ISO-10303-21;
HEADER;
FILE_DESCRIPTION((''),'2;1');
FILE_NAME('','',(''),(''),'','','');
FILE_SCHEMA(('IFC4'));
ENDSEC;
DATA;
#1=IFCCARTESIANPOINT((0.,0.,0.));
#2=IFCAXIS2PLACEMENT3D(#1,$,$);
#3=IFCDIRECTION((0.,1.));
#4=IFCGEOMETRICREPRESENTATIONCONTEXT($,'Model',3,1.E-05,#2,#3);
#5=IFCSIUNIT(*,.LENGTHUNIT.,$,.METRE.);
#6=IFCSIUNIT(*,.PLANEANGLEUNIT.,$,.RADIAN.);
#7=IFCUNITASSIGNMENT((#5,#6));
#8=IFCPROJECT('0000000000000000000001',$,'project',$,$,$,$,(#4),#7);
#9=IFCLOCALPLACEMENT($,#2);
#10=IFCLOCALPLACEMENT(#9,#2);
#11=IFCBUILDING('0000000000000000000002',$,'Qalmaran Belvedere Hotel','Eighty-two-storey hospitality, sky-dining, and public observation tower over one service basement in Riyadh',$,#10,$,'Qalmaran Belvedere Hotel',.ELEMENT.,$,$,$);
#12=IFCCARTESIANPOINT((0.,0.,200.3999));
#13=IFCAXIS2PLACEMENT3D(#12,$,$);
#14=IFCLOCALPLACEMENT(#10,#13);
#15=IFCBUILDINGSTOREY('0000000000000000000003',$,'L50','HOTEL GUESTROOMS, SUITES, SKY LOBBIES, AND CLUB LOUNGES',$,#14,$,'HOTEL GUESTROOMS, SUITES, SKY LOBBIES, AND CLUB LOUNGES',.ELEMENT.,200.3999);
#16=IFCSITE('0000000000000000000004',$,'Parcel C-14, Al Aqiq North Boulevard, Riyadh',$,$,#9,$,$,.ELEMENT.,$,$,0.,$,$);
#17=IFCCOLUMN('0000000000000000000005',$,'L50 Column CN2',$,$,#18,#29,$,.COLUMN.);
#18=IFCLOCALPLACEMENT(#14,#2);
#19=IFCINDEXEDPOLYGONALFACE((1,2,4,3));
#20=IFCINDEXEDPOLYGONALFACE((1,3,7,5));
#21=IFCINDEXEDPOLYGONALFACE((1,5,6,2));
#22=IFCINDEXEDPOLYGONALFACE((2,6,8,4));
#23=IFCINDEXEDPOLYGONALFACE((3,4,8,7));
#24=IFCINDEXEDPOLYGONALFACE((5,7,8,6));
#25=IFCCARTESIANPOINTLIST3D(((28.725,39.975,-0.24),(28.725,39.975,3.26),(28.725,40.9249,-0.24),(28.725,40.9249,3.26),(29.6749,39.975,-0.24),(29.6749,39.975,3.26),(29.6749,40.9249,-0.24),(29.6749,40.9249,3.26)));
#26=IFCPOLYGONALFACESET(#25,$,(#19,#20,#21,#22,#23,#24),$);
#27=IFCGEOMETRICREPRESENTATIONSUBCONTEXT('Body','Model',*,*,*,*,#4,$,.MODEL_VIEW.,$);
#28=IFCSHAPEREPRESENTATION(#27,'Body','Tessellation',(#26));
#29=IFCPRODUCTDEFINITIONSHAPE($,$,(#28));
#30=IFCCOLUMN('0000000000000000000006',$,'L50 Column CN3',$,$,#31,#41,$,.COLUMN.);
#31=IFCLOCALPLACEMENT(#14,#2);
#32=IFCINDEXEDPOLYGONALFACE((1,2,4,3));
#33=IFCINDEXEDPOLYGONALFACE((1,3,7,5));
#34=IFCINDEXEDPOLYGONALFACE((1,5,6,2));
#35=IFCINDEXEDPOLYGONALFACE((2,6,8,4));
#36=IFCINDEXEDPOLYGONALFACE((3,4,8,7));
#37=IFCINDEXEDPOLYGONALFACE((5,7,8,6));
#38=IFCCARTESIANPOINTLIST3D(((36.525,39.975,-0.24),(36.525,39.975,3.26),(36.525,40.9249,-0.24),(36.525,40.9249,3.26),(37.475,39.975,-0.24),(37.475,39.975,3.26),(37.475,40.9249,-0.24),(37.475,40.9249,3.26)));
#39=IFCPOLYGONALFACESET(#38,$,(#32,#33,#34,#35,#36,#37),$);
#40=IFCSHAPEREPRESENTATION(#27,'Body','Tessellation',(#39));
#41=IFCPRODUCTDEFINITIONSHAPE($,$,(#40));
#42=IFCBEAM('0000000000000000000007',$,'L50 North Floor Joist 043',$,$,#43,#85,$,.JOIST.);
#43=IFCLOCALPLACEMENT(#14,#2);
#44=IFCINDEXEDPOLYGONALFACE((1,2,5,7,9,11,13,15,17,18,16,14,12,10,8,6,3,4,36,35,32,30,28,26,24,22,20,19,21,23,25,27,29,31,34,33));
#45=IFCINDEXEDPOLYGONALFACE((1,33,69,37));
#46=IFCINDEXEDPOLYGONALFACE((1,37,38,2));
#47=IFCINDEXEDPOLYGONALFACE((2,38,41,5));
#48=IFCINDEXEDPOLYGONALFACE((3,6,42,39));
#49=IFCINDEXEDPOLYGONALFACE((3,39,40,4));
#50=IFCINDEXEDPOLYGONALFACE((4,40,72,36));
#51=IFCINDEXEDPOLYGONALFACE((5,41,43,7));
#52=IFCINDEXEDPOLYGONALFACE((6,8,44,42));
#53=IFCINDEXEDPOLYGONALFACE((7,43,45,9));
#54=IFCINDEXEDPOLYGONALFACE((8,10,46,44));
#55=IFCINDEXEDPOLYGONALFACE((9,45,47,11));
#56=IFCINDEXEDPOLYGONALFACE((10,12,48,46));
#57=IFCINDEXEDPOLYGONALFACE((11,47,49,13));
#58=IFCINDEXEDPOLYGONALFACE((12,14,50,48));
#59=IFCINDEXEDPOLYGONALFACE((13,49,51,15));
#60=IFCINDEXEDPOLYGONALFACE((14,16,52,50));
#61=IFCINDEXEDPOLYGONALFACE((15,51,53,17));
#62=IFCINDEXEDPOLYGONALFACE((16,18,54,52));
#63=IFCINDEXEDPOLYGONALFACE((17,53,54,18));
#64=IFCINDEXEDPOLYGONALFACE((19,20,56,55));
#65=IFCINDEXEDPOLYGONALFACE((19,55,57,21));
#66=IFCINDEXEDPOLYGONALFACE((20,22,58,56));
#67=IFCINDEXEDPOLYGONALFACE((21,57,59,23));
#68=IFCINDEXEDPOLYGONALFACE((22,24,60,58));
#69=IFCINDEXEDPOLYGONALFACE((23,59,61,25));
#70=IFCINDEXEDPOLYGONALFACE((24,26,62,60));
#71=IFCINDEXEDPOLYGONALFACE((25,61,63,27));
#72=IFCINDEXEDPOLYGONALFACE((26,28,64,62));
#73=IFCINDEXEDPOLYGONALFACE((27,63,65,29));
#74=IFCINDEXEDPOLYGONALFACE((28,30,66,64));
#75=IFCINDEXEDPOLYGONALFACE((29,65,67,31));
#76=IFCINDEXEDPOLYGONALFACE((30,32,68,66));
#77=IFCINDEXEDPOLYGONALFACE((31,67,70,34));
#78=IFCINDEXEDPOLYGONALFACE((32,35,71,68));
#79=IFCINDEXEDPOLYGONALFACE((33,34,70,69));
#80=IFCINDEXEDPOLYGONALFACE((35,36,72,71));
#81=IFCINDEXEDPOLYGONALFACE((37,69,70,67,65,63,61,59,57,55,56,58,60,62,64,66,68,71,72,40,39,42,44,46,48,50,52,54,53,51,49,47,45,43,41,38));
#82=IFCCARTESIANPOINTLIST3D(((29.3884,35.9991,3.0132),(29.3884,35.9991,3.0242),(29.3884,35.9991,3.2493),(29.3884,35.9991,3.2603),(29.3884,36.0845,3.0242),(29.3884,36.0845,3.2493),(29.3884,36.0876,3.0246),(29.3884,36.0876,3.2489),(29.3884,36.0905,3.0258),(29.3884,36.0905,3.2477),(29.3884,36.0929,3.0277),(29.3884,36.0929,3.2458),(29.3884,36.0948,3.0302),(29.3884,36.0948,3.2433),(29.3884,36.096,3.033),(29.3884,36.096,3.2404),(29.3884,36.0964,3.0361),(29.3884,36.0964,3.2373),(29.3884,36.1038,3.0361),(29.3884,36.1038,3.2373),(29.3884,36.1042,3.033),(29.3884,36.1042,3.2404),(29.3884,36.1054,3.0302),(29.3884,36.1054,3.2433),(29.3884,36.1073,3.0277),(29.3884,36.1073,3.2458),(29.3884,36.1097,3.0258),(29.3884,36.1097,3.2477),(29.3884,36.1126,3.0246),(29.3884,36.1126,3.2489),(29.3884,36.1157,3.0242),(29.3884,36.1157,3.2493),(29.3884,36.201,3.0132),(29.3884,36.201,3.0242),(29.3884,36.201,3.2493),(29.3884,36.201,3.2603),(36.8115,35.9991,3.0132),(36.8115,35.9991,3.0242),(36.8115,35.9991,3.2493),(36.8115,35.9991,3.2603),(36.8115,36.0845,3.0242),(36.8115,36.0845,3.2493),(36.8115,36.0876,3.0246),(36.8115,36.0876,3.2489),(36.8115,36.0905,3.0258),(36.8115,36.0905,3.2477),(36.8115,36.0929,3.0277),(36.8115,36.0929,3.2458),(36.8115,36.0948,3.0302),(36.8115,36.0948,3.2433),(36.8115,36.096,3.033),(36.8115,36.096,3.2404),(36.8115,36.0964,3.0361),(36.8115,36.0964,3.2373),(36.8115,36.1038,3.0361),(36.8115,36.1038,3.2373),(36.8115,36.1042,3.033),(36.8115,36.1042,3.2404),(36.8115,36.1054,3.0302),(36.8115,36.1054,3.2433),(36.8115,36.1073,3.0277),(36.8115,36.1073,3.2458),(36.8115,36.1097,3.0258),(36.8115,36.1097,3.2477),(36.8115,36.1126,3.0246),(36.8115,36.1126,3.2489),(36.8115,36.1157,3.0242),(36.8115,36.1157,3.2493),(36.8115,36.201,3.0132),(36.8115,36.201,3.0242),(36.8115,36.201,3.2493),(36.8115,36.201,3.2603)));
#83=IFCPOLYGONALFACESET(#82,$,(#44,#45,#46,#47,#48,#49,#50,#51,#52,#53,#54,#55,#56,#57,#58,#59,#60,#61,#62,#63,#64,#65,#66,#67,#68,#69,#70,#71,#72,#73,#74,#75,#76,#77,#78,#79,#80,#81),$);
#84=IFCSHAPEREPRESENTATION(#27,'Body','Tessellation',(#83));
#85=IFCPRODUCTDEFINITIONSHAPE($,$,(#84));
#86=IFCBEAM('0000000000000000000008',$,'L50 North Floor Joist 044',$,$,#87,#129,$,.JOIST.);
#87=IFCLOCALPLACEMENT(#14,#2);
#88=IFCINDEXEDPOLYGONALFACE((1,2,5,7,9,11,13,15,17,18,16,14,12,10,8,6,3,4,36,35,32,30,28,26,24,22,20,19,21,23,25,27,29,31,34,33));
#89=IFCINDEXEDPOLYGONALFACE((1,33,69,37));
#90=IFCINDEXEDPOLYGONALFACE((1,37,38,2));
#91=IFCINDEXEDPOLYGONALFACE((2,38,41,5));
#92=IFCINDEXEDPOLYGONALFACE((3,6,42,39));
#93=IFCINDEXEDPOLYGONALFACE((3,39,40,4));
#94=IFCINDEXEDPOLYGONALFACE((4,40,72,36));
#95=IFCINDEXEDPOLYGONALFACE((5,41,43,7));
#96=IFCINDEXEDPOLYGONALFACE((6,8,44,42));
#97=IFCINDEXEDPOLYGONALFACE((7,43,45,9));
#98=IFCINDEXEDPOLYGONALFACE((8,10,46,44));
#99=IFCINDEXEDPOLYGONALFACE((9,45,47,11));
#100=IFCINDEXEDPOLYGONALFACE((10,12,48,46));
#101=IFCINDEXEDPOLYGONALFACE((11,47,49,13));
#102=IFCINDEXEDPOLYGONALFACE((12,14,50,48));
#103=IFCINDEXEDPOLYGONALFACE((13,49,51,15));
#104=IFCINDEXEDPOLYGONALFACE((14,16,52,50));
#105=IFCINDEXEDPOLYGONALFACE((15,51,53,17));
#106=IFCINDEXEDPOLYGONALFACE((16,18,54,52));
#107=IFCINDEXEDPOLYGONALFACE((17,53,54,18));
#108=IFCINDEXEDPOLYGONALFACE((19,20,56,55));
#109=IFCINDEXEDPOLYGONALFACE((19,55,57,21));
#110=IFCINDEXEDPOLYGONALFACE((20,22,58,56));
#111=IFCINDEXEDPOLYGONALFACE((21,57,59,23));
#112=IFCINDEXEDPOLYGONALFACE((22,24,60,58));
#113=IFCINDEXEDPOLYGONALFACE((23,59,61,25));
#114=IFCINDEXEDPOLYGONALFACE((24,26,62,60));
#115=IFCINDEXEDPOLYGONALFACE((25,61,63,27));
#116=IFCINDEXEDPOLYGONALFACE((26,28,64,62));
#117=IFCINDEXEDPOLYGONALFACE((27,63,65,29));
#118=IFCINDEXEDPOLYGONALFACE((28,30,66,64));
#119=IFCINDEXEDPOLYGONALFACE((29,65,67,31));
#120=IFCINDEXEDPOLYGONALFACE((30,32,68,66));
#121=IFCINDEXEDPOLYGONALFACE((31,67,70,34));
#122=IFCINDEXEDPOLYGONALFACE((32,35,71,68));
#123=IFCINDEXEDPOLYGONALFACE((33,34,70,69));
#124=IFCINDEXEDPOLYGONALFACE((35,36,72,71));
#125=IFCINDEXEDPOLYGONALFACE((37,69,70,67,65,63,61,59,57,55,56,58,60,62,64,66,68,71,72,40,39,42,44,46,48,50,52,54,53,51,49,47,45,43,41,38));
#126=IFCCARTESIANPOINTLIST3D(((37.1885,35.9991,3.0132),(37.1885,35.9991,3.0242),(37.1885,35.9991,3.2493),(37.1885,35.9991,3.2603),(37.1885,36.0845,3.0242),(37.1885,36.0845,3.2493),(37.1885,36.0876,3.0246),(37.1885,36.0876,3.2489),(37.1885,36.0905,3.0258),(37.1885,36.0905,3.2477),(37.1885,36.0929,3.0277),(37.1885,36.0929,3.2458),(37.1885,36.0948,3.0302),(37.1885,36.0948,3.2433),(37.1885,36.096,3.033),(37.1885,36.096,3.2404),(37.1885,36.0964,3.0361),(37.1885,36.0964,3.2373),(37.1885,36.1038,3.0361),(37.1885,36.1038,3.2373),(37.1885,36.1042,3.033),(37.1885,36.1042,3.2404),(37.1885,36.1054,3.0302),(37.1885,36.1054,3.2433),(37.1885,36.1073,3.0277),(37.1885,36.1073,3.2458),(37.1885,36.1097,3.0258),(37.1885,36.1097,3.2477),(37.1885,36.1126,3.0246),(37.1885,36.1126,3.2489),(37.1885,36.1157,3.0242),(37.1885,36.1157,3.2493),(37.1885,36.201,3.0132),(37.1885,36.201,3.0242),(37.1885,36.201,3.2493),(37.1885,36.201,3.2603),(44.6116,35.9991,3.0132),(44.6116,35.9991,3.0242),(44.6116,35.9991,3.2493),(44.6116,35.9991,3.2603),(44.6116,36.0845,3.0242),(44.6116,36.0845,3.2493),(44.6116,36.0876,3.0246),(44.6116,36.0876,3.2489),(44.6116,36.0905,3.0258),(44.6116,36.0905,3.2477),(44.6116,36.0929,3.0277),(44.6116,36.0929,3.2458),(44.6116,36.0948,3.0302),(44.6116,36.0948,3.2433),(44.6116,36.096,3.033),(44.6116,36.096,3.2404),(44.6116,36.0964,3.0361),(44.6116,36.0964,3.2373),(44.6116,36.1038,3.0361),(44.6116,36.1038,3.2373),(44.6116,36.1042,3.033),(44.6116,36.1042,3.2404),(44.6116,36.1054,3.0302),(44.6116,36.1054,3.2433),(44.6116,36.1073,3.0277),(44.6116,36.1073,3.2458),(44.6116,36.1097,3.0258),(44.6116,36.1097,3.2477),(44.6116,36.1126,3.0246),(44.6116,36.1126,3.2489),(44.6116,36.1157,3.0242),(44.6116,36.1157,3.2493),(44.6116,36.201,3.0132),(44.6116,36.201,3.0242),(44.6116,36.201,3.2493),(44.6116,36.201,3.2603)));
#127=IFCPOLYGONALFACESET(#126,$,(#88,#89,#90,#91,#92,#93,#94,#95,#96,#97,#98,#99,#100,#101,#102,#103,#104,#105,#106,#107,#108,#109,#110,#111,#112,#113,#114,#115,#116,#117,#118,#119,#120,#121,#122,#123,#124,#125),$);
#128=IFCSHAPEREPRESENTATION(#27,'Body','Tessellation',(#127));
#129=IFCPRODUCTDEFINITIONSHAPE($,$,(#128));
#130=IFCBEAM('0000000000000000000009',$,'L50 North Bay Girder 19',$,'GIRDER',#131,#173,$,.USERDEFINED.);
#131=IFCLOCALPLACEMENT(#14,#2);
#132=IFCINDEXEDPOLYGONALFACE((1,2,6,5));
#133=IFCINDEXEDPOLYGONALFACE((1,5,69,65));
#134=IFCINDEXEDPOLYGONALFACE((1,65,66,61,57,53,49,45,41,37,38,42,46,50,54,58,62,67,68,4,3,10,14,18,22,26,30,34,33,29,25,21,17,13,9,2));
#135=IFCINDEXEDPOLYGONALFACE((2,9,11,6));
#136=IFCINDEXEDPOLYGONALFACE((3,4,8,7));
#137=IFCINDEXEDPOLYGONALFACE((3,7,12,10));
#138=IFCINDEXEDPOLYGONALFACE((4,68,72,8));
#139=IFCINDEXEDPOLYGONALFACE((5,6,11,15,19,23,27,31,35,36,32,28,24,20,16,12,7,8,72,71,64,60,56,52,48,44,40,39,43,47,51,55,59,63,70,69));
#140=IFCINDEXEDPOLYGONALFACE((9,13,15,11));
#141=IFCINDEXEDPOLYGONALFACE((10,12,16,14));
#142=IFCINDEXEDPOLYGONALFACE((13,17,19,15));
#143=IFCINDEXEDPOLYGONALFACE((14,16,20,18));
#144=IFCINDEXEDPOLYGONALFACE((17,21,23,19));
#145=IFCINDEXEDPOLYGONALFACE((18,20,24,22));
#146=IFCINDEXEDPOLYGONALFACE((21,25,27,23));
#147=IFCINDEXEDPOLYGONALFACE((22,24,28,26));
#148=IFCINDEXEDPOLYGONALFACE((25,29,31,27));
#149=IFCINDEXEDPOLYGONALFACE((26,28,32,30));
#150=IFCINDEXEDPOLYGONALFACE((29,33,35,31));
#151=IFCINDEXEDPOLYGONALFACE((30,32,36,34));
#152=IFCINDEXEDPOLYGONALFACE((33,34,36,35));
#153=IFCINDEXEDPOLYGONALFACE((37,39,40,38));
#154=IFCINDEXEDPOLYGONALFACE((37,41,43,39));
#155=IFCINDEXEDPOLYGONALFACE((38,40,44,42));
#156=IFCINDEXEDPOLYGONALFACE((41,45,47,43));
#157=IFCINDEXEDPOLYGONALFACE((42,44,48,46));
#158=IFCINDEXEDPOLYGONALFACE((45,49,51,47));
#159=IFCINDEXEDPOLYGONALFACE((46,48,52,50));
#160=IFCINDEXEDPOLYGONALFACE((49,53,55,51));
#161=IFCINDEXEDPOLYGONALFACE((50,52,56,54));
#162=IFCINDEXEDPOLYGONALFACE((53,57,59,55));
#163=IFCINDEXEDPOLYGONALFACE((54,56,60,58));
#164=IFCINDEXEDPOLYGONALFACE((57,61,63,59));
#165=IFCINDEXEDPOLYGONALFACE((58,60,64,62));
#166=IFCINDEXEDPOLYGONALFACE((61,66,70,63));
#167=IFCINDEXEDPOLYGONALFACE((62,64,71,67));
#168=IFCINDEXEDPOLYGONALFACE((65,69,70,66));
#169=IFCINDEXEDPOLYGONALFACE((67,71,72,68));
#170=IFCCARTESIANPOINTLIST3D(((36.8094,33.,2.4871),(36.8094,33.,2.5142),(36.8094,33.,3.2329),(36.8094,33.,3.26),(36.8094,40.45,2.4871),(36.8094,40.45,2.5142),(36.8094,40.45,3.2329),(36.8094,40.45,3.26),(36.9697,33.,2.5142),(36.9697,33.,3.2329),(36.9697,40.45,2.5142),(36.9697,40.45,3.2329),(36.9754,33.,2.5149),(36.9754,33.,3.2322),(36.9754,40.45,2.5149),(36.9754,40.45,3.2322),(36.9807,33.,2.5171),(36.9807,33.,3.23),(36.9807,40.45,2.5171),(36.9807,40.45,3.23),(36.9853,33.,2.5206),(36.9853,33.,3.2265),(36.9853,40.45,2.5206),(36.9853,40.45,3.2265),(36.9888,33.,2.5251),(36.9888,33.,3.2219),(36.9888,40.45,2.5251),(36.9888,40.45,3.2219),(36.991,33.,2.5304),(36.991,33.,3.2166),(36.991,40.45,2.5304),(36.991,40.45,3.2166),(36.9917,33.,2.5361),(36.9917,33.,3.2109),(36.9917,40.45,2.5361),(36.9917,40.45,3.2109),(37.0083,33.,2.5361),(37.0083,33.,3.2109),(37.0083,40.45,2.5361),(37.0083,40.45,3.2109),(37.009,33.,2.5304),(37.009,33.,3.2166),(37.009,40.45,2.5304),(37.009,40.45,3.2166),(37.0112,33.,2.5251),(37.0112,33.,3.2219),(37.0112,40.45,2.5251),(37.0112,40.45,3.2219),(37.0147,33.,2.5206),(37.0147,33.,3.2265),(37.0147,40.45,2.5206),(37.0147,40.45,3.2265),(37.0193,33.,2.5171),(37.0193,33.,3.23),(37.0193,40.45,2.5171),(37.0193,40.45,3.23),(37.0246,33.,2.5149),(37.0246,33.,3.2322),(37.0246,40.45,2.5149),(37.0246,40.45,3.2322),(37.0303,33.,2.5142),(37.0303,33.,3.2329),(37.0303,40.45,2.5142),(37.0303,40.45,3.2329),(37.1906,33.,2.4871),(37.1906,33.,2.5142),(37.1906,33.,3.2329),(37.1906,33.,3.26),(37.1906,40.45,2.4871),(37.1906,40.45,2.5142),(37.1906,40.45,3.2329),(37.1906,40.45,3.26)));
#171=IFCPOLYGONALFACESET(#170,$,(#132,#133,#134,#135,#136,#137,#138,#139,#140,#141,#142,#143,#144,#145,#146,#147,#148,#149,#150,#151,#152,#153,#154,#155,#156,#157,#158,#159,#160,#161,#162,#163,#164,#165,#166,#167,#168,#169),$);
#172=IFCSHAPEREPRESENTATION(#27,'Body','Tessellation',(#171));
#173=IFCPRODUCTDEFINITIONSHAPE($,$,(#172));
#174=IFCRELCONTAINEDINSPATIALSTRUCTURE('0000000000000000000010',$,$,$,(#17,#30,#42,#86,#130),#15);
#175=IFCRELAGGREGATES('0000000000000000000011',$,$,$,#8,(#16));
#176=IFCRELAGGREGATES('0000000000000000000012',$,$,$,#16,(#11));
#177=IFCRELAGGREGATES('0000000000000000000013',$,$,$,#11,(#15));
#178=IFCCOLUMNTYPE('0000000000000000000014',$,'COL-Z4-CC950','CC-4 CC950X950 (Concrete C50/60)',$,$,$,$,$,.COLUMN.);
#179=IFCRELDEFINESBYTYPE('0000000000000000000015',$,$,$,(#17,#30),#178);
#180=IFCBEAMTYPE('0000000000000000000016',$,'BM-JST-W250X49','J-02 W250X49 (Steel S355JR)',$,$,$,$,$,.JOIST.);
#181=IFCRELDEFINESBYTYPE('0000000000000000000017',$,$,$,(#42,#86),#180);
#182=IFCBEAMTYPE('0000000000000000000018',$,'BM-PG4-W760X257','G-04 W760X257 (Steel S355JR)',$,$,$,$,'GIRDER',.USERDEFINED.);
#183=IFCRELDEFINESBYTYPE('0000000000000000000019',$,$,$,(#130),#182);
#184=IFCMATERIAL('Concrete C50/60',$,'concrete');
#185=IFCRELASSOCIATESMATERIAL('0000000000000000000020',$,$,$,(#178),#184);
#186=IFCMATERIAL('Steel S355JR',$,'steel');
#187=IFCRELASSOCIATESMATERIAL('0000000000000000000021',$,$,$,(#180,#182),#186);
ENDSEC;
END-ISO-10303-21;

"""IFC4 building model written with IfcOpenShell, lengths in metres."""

from ifc_helpers import new_model, si_unit, direction, frame, origin, origin_2d, place, context, subcontext, project, spatial, rectangle, i_section, extrude, material, material_profile, profile_set, type_object, element, save


model = new_model("IFC4")

# Units and contexts
model_context = context("Model", 3, precision=1e-05, world=origin(), true_north=direction((0.0, 1.0)))
body_context = subcontext(model_context, "Body", "Model", "MODEL_VIEW")
ifc_project = project(units=[si_unit("LENGTHUNIT", "METRE"), si_unit("PLANEANGLEUNIT", "RADIAN")], contexts=[model_context])

# Site, building, storey
site_placement = place(None, origin())
site = spatial("IfcSite", under=ifc_project, at=site_placement, Name="Parcel C-14, Al Aqiq North Boulevard, Riyadh", CompositionType="ELEMENT", RefElevation=0.0)
building_placement = place(site_placement, origin())
building = spatial("IfcBuilding", under=site, at=building_placement, Name="Qalmaran Belvedere Hotel", Description="Eighty-two-storey hospitality, sky-dining, and public observation tower over one service basement in Riyadh", LongName="Qalmaran Belvedere Hotel", CompositionType="ELEMENT")
storey_placement = place(building_placement, frame((0.0, 0.0, 200.3999)))
storey = spatial("IfcBuildingStorey", under=building, at=storey_placement, Name="L50", Description="HOTEL GUESTROOMS, SUITES, SKY LOBBIES, AND CLUB LOUNGES", LongName="HOTEL GUESTROOMS, SUITES, SKY LOBBIES, AND CLUB LOUNGES", CompositionType="ELEMENT", Elevation=200.3999)

# Columns
ifc_material_1 = material(Name="Concrete C50/60", Category="concrete")
ifc_material_profile_1 = material_profile(ifc_material_1, rectangle(XDim=0.95, YDim=0.95, at=origin_2d()), Name="CC950X950")
ifc_profile_set_1 = profile_set([ifc_material_profile_1], Name="Concrete C50/60")
column_type = type_object("IfcColumnType", Name="COL-Z4-CC950", Description="CC-4 CC950X950 (Concrete C50/60)", PredefinedType="COLUMN", material=ifc_profile_set_1)
for number, where, z_axis, x_axis, name in (
    (1, (29.2, 40.45, -0.24), (0.0, 0.0, 1.0), (1.0, 0.0, 0.0), "L50 Column CN2"),
    (2, (37.0, 40.45, -0.24), (0.0, 0.0, 1.0), (1.0, 0.0, 0.0), "L50 Column CN3"),
):
    element("IfcColumn", number, at=place(storey_placement, frame(where, z_axis=z_axis, x_axis=x_axis)), inside=storey, type_object=column_type, Name=name, PredefinedType="COLUMN", context=body_context, shape_type="SweptSolid", body=[
        extrude(rectangle(XDim=0.95, YDim=0.95, at=origin_2d()), origin(), (0.0, 0.0, 1.0), 3.5),
    ])

# Beams
ifc_material_2 = material(Name="Steel S355JR", Category="steel")
ifc_material_profile_2 = material_profile(ifc_material_2, i_section(OverallWidth=0.2019, OverallDepth=0.2471, WebThickness=0.0073, FlangeThickness=0.011, FilletRadius=0.012, at=origin_2d()), Name="W250X49")
ifc_profile_set_2 = profile_set([ifc_material_profile_2], Name="Steel S355JR")
beam_type_1 = type_object("IfcBeamType", Name="BM-JST-W250X49", Description="J-02 W250X49 (Steel S355JR)", PredefinedType="JOIST", material=ifc_profile_set_2)
for number, where, z_axis, x_axis, name in (
    (3, (29.3884, 36.1001, 3.1367), (1.0, 0.0, 0.0), (0.0, 1.0, 0.0), "L50 North Floor Joist 043"),
    (4, (37.1885, 36.1001, 3.1367), (1.0, 0.0, 0.0), (0.0, 1.0, 0.0), "L50 North Floor Joist 044"),
):
    element("IfcBeam", number, at=place(storey_placement, frame(where, z_axis=z_axis, x_axis=x_axis)), inside=storey, type_object=beam_type_1, Name=name, PredefinedType="JOIST", context=body_context, shape_type="SweptSolid", body=[
        extrude(i_section(OverallWidth=0.2019, OverallDepth=0.2471, WebThickness=0.0073, FlangeThickness=0.011, FilletRadius=0.012, at=origin_2d()), origin(), (0.0, 0.0, 1.0), 7.4231),
    ])
ifc_material_profile_3 = material_profile(ifc_material_2, i_section(OverallWidth=0.3811, OverallDepth=0.7729, WebThickness=0.0166, FlangeThickness=0.0271, FilletRadius=0.022, at=origin_2d()), Name="W760X257")
ifc_profile_set_3 = profile_set([ifc_material_profile_3], Name="Steel S355JR")
beam_type_2 = type_object("IfcBeamType", Name="BM-PG4-W760X257", Description="G-04 W760X257 (Steel S355JR)", ElementType="GIRDER", PredefinedType="USERDEFINED", material=ifc_profile_set_3)
beam_1_placement = place(storey_placement, frame((37.0, 33.0, 2.8735), z_axis=(0.0, 1.0, 0.0), x_axis=(-1.0, 0.0, 0.0)))
element("IfcBeam", 5, at=beam_1_placement, inside=storey, type_object=beam_type_2, Name="L50 North Bay Girder 19", ObjectType="GIRDER", PredefinedType="USERDEFINED", context=body_context, shape_type="SweptSolid", body=[
    extrude(i_section(OverallWidth=0.3811, OverallDepth=0.7729, WebThickness=0.0166, FlangeThickness=0.0271, FilletRadius=0.022, at=origin_2d()), origin(), (0.0, 0.0, 1.0), 7.45),
])

save(model, "model.ifc")
